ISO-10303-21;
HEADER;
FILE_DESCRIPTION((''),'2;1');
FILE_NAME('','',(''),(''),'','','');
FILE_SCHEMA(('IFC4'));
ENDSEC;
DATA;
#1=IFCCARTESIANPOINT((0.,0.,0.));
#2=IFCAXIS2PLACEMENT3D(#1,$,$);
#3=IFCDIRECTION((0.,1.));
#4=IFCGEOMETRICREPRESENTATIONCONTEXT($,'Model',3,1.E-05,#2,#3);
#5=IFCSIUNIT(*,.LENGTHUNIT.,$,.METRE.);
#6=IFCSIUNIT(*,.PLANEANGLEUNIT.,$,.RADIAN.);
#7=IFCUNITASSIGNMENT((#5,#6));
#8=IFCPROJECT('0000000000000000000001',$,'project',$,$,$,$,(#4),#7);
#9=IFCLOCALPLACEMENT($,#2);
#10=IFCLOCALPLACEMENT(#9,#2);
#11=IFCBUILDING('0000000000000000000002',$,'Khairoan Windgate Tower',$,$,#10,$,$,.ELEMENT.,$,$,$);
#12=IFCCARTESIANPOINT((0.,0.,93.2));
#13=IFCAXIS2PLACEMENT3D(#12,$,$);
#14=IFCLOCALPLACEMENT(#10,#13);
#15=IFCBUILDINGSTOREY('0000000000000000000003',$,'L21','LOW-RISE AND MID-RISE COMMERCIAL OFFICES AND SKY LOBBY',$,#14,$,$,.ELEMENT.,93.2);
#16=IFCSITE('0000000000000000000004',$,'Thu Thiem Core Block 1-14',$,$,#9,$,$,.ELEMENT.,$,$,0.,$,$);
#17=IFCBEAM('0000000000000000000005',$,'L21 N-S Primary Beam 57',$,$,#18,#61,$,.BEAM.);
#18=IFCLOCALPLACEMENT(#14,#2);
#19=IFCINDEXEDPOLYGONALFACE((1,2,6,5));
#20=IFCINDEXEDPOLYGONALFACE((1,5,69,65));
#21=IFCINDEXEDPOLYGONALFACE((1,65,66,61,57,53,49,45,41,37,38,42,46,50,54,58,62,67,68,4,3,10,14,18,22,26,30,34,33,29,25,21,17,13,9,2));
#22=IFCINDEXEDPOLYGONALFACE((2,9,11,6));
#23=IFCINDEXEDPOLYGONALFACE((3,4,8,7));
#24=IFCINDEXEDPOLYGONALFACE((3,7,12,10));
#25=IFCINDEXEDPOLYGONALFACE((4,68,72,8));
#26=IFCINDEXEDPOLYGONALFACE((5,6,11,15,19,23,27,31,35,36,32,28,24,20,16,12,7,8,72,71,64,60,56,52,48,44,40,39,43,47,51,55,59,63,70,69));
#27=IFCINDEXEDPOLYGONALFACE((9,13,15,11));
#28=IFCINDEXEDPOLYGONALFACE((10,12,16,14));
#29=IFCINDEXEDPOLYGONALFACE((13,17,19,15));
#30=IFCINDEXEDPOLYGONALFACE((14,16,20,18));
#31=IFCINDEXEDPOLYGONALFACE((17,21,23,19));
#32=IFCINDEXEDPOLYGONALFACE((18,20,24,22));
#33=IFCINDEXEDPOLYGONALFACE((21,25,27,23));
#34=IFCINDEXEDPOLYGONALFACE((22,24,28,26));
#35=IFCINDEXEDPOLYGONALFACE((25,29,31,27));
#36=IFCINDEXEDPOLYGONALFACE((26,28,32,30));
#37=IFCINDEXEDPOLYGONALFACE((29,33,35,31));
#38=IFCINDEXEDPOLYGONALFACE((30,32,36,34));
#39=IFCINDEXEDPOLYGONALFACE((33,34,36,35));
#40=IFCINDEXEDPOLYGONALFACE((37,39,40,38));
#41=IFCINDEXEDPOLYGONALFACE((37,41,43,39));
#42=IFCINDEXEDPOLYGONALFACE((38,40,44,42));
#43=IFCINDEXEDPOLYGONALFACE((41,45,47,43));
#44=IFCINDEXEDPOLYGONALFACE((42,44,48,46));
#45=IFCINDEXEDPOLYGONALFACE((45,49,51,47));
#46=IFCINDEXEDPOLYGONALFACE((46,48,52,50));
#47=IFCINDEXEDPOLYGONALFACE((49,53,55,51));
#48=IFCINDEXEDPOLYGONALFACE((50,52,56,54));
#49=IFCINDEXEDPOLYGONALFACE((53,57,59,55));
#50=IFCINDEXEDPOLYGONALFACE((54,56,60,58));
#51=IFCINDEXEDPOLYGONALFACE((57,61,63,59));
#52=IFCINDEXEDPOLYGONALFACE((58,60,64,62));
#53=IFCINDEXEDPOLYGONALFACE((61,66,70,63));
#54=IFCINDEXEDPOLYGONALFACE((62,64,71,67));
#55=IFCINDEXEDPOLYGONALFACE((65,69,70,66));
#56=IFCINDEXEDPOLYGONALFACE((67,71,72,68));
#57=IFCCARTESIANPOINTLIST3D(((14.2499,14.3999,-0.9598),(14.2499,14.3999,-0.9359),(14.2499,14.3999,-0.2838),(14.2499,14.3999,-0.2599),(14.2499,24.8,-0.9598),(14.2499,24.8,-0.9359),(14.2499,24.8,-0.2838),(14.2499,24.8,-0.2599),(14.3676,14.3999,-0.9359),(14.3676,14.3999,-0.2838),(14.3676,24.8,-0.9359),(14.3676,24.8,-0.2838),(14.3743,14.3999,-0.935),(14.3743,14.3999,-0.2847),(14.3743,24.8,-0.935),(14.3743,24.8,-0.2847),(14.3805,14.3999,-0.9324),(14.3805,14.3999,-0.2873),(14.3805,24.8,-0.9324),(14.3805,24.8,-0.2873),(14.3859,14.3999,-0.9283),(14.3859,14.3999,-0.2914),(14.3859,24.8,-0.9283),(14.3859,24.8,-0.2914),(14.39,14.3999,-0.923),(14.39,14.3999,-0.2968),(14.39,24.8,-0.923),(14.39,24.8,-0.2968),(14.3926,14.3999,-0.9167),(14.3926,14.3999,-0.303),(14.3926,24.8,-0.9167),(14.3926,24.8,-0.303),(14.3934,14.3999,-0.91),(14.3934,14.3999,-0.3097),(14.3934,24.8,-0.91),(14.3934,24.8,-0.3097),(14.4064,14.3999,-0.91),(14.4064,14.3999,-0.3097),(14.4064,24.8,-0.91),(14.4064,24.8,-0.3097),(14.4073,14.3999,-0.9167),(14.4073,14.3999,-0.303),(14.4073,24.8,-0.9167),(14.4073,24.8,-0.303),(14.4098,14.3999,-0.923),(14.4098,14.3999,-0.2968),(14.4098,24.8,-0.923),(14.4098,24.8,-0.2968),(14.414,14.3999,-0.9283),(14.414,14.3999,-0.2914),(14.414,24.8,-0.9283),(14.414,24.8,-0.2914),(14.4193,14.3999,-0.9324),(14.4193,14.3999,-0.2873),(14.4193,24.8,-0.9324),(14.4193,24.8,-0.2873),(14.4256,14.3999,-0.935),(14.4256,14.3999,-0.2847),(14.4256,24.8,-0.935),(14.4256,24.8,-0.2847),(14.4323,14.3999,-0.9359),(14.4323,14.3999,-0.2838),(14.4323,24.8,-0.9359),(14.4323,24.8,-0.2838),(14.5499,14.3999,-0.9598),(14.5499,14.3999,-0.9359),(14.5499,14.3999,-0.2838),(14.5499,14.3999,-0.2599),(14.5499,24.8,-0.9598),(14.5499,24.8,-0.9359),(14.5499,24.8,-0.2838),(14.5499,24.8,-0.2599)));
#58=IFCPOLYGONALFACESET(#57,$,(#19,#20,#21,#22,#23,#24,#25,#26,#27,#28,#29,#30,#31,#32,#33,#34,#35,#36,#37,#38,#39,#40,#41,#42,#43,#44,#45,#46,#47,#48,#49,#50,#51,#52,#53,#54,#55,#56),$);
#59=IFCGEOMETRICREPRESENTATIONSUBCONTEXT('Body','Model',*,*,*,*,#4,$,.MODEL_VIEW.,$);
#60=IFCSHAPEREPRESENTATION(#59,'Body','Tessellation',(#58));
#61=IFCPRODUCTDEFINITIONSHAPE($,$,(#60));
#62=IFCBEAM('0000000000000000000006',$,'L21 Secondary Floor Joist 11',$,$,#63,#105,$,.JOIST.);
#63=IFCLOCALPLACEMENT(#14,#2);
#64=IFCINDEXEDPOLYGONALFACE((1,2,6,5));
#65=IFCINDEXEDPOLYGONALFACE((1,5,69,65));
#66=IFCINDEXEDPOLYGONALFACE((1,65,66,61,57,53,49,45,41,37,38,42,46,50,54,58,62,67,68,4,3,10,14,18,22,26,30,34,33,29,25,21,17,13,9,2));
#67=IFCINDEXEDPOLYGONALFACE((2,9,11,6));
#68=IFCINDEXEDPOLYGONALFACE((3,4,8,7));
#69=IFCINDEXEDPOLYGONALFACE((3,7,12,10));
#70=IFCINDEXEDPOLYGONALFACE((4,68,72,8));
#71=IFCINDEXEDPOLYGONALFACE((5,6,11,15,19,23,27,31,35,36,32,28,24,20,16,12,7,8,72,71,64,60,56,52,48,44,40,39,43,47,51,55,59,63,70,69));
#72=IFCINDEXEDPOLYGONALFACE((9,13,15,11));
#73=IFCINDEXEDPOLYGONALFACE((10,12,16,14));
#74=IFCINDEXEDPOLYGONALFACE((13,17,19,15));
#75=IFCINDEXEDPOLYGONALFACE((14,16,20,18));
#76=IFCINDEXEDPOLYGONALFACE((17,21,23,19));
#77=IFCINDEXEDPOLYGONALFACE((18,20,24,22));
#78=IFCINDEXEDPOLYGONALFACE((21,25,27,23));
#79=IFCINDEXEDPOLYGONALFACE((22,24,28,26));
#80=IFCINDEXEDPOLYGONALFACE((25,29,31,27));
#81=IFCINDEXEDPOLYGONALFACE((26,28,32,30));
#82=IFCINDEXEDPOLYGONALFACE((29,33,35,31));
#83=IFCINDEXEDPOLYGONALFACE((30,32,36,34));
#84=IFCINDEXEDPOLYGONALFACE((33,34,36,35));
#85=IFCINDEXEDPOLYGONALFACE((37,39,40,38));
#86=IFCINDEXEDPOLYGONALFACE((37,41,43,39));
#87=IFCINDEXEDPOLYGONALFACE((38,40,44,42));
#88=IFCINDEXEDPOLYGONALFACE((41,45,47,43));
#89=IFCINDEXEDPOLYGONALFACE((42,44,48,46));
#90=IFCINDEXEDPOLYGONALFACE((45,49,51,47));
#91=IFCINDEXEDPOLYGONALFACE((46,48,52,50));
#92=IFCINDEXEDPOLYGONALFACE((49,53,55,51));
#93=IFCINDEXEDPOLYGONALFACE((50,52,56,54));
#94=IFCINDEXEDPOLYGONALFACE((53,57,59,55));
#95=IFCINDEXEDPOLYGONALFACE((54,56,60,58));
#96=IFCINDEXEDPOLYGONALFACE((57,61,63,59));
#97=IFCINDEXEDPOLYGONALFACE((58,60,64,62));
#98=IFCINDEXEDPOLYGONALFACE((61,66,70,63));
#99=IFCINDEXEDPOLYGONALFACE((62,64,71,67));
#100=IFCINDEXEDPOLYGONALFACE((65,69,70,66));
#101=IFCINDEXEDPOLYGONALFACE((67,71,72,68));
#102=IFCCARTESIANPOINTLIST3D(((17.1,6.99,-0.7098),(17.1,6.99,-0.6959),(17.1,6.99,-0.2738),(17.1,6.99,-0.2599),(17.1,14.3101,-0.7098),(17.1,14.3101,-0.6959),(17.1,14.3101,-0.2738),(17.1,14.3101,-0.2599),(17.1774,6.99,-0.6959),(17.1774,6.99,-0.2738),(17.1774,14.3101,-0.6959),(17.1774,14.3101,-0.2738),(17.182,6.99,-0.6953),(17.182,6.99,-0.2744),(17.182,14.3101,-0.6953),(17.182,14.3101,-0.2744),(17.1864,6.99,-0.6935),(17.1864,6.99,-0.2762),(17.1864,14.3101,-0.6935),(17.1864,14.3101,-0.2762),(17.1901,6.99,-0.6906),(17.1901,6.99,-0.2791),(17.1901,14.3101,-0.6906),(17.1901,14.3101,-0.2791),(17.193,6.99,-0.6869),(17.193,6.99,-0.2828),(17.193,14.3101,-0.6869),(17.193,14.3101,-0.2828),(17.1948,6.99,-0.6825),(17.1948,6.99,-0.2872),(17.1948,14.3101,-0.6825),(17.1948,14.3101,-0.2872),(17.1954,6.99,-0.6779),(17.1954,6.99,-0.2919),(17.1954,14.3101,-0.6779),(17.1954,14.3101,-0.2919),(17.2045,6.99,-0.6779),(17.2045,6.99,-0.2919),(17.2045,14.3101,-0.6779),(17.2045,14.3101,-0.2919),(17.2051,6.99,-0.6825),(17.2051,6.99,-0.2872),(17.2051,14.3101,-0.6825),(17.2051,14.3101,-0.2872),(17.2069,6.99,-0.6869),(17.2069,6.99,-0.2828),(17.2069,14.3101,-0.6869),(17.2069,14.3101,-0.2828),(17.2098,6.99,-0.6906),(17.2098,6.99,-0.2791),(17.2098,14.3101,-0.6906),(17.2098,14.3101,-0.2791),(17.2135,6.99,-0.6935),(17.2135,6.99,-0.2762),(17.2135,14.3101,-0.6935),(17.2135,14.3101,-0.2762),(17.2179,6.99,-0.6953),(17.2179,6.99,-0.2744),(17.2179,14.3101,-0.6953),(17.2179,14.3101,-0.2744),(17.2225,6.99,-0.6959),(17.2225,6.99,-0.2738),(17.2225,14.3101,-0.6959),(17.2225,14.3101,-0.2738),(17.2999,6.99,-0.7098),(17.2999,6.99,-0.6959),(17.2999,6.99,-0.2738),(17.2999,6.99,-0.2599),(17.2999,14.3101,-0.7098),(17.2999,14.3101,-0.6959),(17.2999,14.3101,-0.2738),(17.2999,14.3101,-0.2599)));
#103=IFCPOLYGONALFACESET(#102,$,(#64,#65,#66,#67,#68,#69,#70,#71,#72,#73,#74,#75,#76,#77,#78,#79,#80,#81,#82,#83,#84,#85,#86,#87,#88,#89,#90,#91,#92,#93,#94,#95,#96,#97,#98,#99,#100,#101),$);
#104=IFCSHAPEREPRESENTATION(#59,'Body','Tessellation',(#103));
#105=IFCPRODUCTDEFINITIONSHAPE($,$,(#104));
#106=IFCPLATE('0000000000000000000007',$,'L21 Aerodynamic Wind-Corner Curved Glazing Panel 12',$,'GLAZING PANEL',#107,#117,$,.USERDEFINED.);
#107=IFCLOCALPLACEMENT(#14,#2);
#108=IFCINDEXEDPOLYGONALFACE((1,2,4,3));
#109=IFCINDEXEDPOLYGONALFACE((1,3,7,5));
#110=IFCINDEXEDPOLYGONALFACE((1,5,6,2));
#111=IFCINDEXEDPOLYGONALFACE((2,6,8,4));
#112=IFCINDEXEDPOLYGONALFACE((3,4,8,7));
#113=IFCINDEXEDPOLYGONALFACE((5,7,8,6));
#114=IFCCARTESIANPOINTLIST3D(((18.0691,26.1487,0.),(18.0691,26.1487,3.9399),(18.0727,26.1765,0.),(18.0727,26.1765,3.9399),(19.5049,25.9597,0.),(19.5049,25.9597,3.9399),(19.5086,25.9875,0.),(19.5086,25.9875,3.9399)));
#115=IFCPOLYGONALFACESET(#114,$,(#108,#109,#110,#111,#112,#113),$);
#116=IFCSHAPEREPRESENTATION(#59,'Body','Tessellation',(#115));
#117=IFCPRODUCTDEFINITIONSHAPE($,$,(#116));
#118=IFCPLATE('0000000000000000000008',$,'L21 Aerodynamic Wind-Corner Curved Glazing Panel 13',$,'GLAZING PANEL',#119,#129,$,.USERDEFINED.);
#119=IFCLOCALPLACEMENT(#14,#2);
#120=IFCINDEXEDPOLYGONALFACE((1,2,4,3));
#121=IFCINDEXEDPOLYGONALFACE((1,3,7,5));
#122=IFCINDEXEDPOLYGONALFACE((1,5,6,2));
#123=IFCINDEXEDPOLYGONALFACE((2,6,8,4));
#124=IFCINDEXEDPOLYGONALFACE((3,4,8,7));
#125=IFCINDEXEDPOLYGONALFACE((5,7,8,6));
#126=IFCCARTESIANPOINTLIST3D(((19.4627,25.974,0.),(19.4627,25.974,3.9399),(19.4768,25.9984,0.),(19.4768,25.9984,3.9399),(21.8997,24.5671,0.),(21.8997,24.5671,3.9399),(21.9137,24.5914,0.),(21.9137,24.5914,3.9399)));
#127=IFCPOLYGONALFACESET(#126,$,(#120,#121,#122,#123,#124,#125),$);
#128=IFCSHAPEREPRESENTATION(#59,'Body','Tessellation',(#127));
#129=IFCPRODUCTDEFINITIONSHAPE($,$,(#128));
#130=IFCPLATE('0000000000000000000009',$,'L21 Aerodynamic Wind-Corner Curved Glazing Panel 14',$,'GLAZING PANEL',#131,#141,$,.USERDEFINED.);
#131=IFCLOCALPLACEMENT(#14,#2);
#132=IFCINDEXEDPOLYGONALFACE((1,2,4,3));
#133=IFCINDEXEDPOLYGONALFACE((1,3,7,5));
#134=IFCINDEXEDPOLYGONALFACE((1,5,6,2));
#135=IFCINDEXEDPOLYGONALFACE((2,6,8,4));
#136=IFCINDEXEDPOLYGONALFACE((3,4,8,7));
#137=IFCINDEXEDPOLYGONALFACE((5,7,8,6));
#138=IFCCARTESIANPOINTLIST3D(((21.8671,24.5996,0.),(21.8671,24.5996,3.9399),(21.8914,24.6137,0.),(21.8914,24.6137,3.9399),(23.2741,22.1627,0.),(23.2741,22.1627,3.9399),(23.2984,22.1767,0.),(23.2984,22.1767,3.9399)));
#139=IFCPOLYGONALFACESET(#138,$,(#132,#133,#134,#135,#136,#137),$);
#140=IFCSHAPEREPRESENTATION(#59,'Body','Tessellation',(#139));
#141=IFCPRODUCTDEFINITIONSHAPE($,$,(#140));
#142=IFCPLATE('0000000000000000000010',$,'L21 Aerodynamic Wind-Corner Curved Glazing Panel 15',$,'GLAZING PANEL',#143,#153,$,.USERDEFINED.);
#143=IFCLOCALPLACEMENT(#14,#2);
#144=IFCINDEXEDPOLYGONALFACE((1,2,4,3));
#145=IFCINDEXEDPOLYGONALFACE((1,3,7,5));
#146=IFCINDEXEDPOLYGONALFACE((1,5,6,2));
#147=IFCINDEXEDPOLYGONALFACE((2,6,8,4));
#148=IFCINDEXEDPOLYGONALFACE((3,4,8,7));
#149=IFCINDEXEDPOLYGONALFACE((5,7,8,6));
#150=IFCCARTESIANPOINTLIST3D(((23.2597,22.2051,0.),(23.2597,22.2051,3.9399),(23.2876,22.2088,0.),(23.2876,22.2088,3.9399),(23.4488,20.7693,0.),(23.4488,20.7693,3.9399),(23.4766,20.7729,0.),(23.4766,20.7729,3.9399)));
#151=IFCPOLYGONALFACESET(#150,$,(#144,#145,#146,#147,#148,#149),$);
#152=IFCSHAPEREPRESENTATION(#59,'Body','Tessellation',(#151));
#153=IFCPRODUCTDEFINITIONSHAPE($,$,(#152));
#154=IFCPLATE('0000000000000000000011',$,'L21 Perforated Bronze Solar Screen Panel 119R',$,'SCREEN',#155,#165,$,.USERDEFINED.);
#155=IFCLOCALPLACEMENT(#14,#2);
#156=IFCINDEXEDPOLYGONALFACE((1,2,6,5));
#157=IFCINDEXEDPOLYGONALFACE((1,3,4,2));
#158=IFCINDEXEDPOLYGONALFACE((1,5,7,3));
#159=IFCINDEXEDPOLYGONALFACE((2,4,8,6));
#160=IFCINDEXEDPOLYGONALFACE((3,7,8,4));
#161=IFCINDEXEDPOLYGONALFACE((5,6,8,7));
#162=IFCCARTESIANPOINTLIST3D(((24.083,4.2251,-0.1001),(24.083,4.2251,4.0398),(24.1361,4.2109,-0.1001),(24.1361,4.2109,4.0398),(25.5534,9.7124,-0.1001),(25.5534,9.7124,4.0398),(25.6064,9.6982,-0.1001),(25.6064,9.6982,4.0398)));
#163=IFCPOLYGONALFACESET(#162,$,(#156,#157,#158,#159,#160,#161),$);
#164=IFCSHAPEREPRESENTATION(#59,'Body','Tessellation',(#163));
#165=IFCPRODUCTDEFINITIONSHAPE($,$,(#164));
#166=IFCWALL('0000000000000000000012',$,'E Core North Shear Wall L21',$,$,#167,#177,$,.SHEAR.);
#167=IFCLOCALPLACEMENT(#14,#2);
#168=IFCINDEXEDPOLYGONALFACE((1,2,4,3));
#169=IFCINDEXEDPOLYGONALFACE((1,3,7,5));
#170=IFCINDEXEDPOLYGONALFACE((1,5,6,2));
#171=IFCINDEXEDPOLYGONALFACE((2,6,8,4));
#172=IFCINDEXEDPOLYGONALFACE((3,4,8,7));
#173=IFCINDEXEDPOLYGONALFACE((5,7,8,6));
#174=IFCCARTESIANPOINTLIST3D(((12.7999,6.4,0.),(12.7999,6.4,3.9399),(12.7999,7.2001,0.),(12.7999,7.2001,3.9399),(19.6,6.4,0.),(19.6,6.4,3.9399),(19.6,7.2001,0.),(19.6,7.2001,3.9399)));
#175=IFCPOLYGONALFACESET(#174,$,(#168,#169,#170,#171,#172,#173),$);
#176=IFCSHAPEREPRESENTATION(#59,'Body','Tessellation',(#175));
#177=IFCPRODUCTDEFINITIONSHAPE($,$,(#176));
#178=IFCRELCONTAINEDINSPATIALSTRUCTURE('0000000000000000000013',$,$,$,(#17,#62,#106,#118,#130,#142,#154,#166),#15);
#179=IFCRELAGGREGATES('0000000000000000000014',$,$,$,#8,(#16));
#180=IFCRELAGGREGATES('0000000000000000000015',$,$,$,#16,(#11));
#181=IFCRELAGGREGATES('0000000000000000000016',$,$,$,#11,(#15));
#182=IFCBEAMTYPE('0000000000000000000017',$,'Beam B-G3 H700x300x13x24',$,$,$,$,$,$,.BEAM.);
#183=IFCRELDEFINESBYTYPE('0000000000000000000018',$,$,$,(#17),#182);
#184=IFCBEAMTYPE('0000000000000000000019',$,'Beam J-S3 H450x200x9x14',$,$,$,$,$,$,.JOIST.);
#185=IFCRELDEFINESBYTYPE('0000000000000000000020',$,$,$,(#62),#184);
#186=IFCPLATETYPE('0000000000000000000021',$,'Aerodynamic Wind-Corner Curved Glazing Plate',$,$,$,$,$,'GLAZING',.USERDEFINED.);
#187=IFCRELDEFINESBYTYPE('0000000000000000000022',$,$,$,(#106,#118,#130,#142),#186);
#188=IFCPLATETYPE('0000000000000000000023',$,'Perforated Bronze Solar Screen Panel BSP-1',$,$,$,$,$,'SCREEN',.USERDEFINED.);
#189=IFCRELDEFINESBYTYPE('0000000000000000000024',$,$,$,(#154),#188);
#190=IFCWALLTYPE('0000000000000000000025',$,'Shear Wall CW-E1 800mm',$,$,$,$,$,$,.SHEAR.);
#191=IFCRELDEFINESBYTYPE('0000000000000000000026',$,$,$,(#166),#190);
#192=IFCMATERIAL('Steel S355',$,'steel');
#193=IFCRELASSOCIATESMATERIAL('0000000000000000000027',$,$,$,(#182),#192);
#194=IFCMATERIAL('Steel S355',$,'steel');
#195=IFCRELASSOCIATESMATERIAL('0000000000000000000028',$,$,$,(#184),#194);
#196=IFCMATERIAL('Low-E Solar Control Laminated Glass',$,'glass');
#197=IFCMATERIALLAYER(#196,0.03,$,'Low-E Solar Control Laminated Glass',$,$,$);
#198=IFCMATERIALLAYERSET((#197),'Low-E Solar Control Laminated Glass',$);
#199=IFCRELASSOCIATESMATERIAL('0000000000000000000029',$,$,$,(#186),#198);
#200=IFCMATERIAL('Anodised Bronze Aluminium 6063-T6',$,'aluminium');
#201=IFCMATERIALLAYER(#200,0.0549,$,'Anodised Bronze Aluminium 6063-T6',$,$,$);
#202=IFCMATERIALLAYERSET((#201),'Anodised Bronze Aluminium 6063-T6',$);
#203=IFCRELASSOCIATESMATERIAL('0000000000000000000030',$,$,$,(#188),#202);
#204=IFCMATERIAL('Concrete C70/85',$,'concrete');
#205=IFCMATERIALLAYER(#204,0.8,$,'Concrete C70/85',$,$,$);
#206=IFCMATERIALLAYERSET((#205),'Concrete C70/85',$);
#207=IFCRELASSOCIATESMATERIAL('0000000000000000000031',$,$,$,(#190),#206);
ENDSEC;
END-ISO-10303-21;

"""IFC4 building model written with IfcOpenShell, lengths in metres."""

from ifc_helpers import new_model, si_unit, direction, frame, frame_2d, origin, origin_2d, place, context, subcontext, project, spatial, rectangle, i_section, extrude, material, layer, layer_set, material_profile, profile_set, type_object, element, save


model = new_model("IFC4")

# Units and contexts
model_context = context("Model", 3, precision=1e-05, world=origin(), true_north=direction((0.0, 1.0)))
body_context = subcontext(model_context, "Body", "Model", "MODEL_VIEW")
ifc_project = project(units=[si_unit("LENGTHUNIT", "METRE"), si_unit("PLANEANGLEUNIT", "RADIAN")], contexts=[model_context])

# Site, building, storey
site_placement = place(None, origin())
site = spatial("IfcSite", under=ifc_project, at=site_placement, Name="Thu Thiem Core Block 1-14", CompositionType="ELEMENT", RefElevation=0.0)
building_placement = place(site_placement, origin())
building = spatial("IfcBuilding", under=site, at=building_placement, Name="Khairoan Windgate Tower", CompositionType="ELEMENT")
storey_placement = place(building_placement, frame((0.0, 0.0, 93.2)))
storey = spatial("IfcBuildingStorey", under=building, at=storey_placement, Name="L21", Description="LOW-RISE AND MID-RISE COMMERCIAL OFFICES AND SKY LOBBY", CompositionType="ELEMENT", Elevation=93.2)

# Beams
ifc_material_1 = material(Name="Steel S355", Category="steel")
ifc_material_profile_1 = material_profile(ifc_material_1, i_section(OverallWidth=0.3, OverallDepth=0.7, WebThickness=0.0129, FlangeThickness=0.0239, FilletRadius=0.0259, at=origin_2d()))
ifc_profile_set_1 = profile_set([ifc_material_profile_1], Name="Steel S355")
beam_type_1 = type_object("IfcBeamType", Name="Beam B-G3 H700x300x13x24", PredefinedType="BEAM", material=ifc_profile_set_1)
beam_1_placement = place(storey_placement, frame((14.3999, 14.3999, -0.6099), z_axis=(0.0, 1.0, 0.0), x_axis=(-1.0, 0.0, 0.0)))
element("IfcBeam", 1, at=beam_1_placement, inside=storey, type_object=beam_type_1, Name="L21 N-S Primary Beam 57", PredefinedType="BEAM", context=body_context, shape_type="SweptSolid", body=[
    extrude(i_section(OverallWidth=0.3, OverallDepth=0.7, WebThickness=0.0129, FlangeThickness=0.0239, FilletRadius=0.0259, at=origin_2d()), origin(), (0.0, 0.0, 1.0), 10.4001),
])
ifc_material_2 = material(Name="Steel S355", Category="steel")
ifc_material_profile_2 = material_profile(ifc_material_2, i_section(OverallWidth=0.2, OverallDepth=0.45, WebThickness=0.009, FlangeThickness=0.0139, FilletRadius=0.0181, at=origin_2d()))
ifc_profile_set_2 = profile_set([ifc_material_profile_2], Name="Steel S355")
beam_type_2 = type_object("IfcBeamType", Name="Beam J-S3 H450x200x9x14", PredefinedType="JOIST", material=ifc_profile_set_2)
beam_2_placement = place(storey_placement, frame((17.2, 6.99, -0.4849), z_axis=(0.0, 1.0, 0.0), x_axis=(-1.0, 0.0, 0.0)))
element("IfcBeam", 2, at=beam_2_placement, inside=storey, type_object=beam_type_2, Name="L21 Secondary Floor Joist 11", PredefinedType="JOIST", context=body_context, shape_type="SweptSolid", body=[
    extrude(i_section(OverallWidth=0.2, OverallDepth=0.45, WebThickness=0.009, FlangeThickness=0.0139, FilletRadius=0.0181, at=origin_2d()), origin(), (0.0, 0.0, 1.0), 7.3201),
])

# Plates
ifc_material_3 = material(Name="Low-E Solar Control Laminated Glass", Category="glass")
ifc_layer_1 = layer(ifc_material_3, 0.03, Name="Low-E Solar Control Laminated Glass")
ifc_layer_set_1 = layer_set([ifc_layer_1], Name="Low-E Solar Control Laminated Glass")
plate_type_1 = type_object("IfcPlateType", Name="Aerodynamic Wind-Corner Curved Glazing Plate", ElementType="GLAZING", PredefinedType="USERDEFINED", material=ifc_layer_set_1)
plate_1_placement = place(storey_placement, frame((18.7888, 26.0681, 0.0), z_axis=(0.0, 0.0, 1.0), x_axis=(0.991445, -0.130526, 0.0)))
element("IfcPlate", 3, at=plate_1_placement, inside=storey, type_object=plate_type_1, Name="L21 Aerodynamic Wind-Corner Curved Glazing Panel 12", ObjectType="GLAZING PANEL", PredefinedType="USERDEFINED", context=body_context, shape_type="SweptSolid", body=[
    extrude(rectangle(XDim=1.4482, YDim=0.0281, at=origin_2d()), origin(), (0.0, 0.0, 1.0), 3.9399),
])
for number, where, z_axis, x_axis, name in (
    (4, (20.6882, 25.2827, 0.0), (0.0, 0.0, 1.0), (0.866025, -0.5, 0.0), "L21 Aerodynamic Wind-Corner Curved Glazing Panel 13"),
    (5, (22.5828, 23.3882, 0.0), (0.0, 0.0, 1.0), (0.5, -0.866025, 0.0), "L21 Aerodynamic Wind-Corner Curved Glazing Panel 14"),
):
    element("IfcPlate", number, at=place(storey_placement, frame(where, z_axis=z_axis, x_axis=x_axis)), inside=storey, type_object=plate_type_1, Name=name, ObjectType="GLAZING PANEL", PredefinedType="USERDEFINED", context=body_context, shape_type="SweptSolid", body=[
        extrude(rectangle(XDim=2.814, YDim=0.0281, at=origin_2d()), origin(), (0.0, 0.0, 1.0), 3.9399),
    ])
plate_2_placement = place(storey_placement, frame((23.3682, 21.489, 0.0), z_axis=(0.0, 0.0, 1.0), x_axis=(0.130526, -0.991445, 0.0)))
element("IfcPlate", 6, at=plate_2_placement, inside=storey, type_object=plate_type_1, Name="L21 Aerodynamic Wind-Corner Curved Glazing Panel 15", ObjectType="GLAZING PANEL", PredefinedType="USERDEFINED", context=body_context, shape_type="SweptSolid", body=[
    extrude(rectangle(XDim=1.4482, YDim=0.0281, at=origin_2d()), origin(), (0.0, 0.0, 1.0), 3.9399),
])

# Plate
ifc_material_4 = material(Name="Anodised Bronze Aluminium 6063-T6", Category="aluminium")
ifc_layer_2 = layer(ifc_material_4, 0.0549, Name="Anodised Bronze Aluminium 6063-T6")
ifc_layer_set_2 = layer_set([ifc_layer_2], Name="Anodised Bronze Aluminium 6063-T6")
plate_type_2 = type_object("IfcPlateType", Name="Perforated Bronze Solar Screen Panel BSP-1", ElementType="SCREEN", PredefinedType="USERDEFINED", material=ifc_layer_set_2)
plate_3_placement = place(storey_placement, frame((24.8447, 6.9617, -0.1001), z_axis=(0.0, 0.0, 1.0), x_axis=(-0.258819, -0.965926, 0.0)))
element("IfcPlate", 7, at=plate_3_placement, inside=storey, type_object=plate_type_2, Name="L21 Perforated Bronze Solar Screen Panel 119R", ObjectType="SCREEN", PredefinedType="USERDEFINED", context=body_context, shape_type="SweptSolid", body=[
    extrude(rectangle(XDim=5.6809, YDim=0.0549, at=origin_2d()), origin(), (0.0, 0.0, 1.0), 4.1399),
])

# Wall
ifc_material_5 = material(Name="Concrete C70/85", Category="concrete")
ifc_layer_3 = layer(ifc_material_5, 0.8, Name="Concrete C70/85")
ifc_layer_set_3 = layer_set([ifc_layer_3], Name="Concrete C70/85")
wall_type = type_object("IfcWallType", Name="Shear Wall CW-E1 800mm", PredefinedType="SHEAR", material=ifc_layer_set_3)
wall_placement = place(storey_placement, frame((12.8, 6.8, 0.0), z_axis=(0.0, 0.0, 1.0), x_axis=(1.0, 0.0, 0.0)))
element("IfcWall", 8, at=wall_placement, inside=storey, type_object=wall_type, Name="E Core North Shear Wall L21", PredefinedType="SHEAR", context=body_context, shape_type="SweptSolid", body=[
    extrude(rectangle(XDim=6.8, YDim=0.8, at=frame_2d((3.3999, 0.0))), origin(), (0.0, 0.0, 1.0), 3.9399),
])

save(model, "model.ifc")
